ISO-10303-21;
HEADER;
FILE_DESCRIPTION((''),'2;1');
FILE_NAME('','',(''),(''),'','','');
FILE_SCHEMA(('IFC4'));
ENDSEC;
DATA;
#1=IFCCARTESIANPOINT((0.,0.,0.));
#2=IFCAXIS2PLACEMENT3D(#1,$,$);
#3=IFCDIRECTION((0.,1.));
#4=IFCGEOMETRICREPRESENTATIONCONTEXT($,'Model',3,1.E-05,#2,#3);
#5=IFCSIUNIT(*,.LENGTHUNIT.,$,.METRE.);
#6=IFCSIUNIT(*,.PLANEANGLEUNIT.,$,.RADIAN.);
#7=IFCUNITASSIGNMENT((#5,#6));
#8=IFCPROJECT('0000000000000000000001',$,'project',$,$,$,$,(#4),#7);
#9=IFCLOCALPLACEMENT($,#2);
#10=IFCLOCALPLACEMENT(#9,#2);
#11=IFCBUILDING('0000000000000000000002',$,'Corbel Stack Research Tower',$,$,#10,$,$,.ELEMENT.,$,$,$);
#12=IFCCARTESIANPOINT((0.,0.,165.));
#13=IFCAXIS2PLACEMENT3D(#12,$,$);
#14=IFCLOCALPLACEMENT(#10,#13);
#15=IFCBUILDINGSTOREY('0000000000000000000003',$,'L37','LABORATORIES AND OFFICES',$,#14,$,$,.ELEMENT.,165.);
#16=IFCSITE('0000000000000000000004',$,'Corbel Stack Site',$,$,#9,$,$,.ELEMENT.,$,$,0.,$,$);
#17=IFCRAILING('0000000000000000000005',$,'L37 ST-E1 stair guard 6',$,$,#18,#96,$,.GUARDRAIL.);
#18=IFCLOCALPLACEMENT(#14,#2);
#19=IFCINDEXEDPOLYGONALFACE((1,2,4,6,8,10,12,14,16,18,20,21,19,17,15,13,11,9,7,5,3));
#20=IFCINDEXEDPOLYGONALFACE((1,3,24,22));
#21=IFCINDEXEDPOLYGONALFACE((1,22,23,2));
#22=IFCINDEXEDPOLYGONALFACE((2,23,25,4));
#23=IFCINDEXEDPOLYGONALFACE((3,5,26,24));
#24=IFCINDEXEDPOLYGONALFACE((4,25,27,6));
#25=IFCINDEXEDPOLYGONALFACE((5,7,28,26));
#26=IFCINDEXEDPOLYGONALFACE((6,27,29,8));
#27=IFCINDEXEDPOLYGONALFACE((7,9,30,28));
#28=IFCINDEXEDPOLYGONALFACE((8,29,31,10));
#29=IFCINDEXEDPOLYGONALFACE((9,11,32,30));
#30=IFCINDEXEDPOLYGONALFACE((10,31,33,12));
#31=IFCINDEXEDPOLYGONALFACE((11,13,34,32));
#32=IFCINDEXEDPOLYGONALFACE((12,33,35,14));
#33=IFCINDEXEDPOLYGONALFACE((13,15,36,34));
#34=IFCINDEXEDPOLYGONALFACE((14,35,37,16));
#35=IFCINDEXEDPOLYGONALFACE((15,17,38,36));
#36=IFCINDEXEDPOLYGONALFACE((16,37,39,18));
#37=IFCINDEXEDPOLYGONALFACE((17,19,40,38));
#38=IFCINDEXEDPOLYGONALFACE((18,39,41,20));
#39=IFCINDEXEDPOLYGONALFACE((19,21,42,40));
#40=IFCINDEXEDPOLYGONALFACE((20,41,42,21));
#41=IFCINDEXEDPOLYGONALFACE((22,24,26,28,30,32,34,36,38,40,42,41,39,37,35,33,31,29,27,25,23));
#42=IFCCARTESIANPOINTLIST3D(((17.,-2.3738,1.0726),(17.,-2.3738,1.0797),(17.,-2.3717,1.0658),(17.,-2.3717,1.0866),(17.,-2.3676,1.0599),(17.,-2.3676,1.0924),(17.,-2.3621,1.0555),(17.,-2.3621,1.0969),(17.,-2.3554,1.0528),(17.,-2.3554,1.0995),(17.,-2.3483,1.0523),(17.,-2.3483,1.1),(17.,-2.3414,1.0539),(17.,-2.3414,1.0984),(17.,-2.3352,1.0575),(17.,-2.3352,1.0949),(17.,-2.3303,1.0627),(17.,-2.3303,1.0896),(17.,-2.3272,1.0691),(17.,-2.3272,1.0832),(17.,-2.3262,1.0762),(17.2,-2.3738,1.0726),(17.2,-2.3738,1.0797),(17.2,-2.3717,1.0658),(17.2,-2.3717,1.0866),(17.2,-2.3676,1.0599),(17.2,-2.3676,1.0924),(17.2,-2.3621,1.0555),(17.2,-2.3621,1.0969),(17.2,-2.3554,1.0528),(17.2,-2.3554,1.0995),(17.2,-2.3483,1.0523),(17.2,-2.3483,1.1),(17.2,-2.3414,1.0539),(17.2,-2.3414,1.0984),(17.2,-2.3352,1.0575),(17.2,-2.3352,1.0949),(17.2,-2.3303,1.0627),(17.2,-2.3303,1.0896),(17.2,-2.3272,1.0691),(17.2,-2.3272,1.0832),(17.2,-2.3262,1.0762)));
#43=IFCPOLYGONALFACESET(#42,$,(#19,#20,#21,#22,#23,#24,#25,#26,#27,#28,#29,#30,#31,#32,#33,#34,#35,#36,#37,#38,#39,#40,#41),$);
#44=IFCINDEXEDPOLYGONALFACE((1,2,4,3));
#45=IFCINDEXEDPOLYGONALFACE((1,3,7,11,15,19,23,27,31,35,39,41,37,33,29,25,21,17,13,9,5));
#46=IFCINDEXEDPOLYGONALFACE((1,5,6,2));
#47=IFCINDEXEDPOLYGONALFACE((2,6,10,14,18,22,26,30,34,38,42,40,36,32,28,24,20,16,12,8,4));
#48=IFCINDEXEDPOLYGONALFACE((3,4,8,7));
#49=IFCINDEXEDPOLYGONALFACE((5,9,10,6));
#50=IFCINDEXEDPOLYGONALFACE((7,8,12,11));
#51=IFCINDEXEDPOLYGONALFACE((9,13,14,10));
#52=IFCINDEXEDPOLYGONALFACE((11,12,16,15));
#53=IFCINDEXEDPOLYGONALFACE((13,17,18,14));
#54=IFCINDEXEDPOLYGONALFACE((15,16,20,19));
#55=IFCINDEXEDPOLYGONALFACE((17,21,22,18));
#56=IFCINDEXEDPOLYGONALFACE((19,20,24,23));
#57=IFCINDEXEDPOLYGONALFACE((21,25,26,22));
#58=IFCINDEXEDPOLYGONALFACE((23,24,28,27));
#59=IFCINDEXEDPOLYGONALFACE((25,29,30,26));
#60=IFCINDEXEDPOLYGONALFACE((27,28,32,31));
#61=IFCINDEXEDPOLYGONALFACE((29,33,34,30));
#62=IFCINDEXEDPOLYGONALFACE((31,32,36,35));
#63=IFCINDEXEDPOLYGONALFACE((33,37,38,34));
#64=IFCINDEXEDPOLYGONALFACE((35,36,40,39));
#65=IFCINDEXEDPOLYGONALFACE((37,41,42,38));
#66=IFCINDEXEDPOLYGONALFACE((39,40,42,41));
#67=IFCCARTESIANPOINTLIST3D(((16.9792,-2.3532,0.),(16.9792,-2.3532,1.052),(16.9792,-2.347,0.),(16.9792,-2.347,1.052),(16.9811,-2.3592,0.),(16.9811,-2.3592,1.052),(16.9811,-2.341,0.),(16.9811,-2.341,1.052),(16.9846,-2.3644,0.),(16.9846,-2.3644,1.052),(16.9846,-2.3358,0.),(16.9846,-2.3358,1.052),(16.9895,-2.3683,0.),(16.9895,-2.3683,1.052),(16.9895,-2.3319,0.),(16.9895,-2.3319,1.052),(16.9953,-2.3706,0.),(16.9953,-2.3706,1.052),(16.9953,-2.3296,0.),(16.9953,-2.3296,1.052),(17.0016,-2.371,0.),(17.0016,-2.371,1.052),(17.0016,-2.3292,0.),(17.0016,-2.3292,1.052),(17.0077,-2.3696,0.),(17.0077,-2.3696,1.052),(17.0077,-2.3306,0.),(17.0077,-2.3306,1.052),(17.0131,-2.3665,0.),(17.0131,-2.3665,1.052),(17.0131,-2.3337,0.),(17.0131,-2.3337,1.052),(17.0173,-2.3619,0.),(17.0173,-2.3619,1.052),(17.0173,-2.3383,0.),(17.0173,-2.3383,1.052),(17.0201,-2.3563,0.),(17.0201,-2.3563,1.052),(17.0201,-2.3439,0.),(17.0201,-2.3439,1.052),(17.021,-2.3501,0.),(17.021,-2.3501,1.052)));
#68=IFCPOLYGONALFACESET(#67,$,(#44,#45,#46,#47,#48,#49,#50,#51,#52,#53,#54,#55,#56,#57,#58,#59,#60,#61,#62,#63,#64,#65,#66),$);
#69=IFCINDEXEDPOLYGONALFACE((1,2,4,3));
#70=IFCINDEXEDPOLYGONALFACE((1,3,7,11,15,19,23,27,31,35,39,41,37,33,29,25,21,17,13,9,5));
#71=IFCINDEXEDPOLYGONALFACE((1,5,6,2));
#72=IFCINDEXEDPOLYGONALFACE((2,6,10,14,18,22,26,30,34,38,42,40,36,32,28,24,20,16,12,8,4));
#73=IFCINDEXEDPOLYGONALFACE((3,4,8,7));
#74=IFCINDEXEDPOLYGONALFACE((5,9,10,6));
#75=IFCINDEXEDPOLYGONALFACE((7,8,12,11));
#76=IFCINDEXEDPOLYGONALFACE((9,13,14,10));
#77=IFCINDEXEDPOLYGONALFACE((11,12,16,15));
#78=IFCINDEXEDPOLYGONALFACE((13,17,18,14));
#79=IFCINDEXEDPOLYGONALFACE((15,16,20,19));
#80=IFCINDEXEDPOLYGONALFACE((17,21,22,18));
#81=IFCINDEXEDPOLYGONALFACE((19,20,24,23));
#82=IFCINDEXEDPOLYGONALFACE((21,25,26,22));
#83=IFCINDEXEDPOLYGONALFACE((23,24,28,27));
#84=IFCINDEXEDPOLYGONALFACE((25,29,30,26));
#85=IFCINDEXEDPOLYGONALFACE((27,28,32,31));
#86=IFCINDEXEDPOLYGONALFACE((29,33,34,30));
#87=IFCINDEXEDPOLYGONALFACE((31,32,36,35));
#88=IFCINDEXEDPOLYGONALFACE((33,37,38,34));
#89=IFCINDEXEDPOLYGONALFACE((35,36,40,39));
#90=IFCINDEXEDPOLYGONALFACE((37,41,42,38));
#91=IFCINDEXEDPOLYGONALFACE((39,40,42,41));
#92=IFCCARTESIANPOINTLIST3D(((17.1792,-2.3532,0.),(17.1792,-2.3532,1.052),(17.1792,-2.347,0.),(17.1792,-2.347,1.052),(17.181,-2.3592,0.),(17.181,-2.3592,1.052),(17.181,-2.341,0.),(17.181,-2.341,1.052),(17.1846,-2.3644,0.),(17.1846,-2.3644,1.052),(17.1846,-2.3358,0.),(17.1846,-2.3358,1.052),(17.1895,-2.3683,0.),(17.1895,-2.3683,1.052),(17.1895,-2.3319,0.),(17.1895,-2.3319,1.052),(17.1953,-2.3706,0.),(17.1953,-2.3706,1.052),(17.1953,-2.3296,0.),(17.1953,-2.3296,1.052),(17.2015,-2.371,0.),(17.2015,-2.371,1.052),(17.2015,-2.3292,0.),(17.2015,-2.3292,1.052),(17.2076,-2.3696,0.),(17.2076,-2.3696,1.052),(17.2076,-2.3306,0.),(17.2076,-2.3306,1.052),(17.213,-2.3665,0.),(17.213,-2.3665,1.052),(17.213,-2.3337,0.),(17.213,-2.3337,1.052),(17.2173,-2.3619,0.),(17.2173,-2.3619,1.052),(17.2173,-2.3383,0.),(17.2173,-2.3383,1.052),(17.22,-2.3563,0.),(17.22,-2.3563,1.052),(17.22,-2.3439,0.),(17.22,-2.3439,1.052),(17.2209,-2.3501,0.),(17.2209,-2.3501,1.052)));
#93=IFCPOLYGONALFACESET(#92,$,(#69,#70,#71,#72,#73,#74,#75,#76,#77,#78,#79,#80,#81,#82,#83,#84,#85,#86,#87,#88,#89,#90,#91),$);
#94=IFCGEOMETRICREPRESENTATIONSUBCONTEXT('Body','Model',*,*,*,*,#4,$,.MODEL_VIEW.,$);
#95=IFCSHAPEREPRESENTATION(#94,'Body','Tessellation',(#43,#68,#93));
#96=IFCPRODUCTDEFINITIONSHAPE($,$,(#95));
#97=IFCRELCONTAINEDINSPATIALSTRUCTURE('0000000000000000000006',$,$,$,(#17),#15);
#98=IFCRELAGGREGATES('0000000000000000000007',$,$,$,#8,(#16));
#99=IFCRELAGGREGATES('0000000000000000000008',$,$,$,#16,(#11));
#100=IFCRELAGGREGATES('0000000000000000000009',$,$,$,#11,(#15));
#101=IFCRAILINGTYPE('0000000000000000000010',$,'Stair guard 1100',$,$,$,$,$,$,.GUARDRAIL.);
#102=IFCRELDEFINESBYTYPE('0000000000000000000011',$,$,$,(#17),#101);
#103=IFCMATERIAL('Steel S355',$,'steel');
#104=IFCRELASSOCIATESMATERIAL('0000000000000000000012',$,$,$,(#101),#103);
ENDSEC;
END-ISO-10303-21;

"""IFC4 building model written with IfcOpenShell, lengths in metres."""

from ifc_helpers import new_model, si_unit, direction, frame, origin, origin_2d, place, context, subcontext, project, spatial, circle, extrude, material, type_object, element, save


model = new_model("IFC4")

# Units and contexts
model_context = context("Model", 3, precision=1e-05, world=origin(), true_north=direction((0.0, 1.0)))
body_context = subcontext(model_context, "Body", "Model", "MODEL_VIEW")
ifc_project = project(units=[si_unit("LENGTHUNIT", "METRE"), si_unit("PLANEANGLEUNIT", "RADIAN")], contexts=[model_context])

# Site, building, storey
site_placement = place(None, origin())
site = spatial("IfcSite", under=ifc_project, at=site_placement, Name="Corbel Stack Site", CompositionType="ELEMENT", RefElevation=0.0)
building_placement = place(site_placement, origin())
building = spatial("IfcBuilding", under=site, at=building_placement, Name="Corbel Stack Research Tower", CompositionType="ELEMENT")
storey_placement = place(building_placement, frame((0.0, 0.0, 165.0)))
storey = spatial("IfcBuildingStorey", under=building, at=storey_placement, Name="L37", Description="LABORATORIES AND OFFICES", CompositionType="ELEMENT", Elevation=165.0)

# Railing
ifc_material_1 = material(Name="Steel S355", Category="steel")
railing_type_1 = type_object("IfcRailingType", Name="Stair guard 1100", PredefinedType="GUARDRAIL", material=ifc_material_1)
railing_1_placement = place(storey_placement, frame((17.0, -2.3501, 0.0)))
element("IfcRailing", 1, at=railing_1_placement, inside=storey, type_object=railing_type_1, Name="L37 ST-E1 stair guard 6", PredefinedType="GUARDRAIL", context=body_context, shape_type="SweptSolid", body=[
    extrude(circle(Radius=0.0239, at=origin_2d()), frame((0.0, 0.0, 1.0762), z_axis=(1.0, 0.0, 0.0), x_axis=(0.0, 1.0, 0.0)), (0.0, 0.0, 1.0), 0.2),
    extrude(circle(Radius=0.021, at=origin_2d()), origin(), (0.0, 0.0, 1.0), 1.052),
    extrude(circle(Radius=0.021, at=origin_2d()), frame((0.2, 0.0, 0.0)), (0.0, 0.0, 1.0), 1.052),
])

save(model, "model.ifc")
